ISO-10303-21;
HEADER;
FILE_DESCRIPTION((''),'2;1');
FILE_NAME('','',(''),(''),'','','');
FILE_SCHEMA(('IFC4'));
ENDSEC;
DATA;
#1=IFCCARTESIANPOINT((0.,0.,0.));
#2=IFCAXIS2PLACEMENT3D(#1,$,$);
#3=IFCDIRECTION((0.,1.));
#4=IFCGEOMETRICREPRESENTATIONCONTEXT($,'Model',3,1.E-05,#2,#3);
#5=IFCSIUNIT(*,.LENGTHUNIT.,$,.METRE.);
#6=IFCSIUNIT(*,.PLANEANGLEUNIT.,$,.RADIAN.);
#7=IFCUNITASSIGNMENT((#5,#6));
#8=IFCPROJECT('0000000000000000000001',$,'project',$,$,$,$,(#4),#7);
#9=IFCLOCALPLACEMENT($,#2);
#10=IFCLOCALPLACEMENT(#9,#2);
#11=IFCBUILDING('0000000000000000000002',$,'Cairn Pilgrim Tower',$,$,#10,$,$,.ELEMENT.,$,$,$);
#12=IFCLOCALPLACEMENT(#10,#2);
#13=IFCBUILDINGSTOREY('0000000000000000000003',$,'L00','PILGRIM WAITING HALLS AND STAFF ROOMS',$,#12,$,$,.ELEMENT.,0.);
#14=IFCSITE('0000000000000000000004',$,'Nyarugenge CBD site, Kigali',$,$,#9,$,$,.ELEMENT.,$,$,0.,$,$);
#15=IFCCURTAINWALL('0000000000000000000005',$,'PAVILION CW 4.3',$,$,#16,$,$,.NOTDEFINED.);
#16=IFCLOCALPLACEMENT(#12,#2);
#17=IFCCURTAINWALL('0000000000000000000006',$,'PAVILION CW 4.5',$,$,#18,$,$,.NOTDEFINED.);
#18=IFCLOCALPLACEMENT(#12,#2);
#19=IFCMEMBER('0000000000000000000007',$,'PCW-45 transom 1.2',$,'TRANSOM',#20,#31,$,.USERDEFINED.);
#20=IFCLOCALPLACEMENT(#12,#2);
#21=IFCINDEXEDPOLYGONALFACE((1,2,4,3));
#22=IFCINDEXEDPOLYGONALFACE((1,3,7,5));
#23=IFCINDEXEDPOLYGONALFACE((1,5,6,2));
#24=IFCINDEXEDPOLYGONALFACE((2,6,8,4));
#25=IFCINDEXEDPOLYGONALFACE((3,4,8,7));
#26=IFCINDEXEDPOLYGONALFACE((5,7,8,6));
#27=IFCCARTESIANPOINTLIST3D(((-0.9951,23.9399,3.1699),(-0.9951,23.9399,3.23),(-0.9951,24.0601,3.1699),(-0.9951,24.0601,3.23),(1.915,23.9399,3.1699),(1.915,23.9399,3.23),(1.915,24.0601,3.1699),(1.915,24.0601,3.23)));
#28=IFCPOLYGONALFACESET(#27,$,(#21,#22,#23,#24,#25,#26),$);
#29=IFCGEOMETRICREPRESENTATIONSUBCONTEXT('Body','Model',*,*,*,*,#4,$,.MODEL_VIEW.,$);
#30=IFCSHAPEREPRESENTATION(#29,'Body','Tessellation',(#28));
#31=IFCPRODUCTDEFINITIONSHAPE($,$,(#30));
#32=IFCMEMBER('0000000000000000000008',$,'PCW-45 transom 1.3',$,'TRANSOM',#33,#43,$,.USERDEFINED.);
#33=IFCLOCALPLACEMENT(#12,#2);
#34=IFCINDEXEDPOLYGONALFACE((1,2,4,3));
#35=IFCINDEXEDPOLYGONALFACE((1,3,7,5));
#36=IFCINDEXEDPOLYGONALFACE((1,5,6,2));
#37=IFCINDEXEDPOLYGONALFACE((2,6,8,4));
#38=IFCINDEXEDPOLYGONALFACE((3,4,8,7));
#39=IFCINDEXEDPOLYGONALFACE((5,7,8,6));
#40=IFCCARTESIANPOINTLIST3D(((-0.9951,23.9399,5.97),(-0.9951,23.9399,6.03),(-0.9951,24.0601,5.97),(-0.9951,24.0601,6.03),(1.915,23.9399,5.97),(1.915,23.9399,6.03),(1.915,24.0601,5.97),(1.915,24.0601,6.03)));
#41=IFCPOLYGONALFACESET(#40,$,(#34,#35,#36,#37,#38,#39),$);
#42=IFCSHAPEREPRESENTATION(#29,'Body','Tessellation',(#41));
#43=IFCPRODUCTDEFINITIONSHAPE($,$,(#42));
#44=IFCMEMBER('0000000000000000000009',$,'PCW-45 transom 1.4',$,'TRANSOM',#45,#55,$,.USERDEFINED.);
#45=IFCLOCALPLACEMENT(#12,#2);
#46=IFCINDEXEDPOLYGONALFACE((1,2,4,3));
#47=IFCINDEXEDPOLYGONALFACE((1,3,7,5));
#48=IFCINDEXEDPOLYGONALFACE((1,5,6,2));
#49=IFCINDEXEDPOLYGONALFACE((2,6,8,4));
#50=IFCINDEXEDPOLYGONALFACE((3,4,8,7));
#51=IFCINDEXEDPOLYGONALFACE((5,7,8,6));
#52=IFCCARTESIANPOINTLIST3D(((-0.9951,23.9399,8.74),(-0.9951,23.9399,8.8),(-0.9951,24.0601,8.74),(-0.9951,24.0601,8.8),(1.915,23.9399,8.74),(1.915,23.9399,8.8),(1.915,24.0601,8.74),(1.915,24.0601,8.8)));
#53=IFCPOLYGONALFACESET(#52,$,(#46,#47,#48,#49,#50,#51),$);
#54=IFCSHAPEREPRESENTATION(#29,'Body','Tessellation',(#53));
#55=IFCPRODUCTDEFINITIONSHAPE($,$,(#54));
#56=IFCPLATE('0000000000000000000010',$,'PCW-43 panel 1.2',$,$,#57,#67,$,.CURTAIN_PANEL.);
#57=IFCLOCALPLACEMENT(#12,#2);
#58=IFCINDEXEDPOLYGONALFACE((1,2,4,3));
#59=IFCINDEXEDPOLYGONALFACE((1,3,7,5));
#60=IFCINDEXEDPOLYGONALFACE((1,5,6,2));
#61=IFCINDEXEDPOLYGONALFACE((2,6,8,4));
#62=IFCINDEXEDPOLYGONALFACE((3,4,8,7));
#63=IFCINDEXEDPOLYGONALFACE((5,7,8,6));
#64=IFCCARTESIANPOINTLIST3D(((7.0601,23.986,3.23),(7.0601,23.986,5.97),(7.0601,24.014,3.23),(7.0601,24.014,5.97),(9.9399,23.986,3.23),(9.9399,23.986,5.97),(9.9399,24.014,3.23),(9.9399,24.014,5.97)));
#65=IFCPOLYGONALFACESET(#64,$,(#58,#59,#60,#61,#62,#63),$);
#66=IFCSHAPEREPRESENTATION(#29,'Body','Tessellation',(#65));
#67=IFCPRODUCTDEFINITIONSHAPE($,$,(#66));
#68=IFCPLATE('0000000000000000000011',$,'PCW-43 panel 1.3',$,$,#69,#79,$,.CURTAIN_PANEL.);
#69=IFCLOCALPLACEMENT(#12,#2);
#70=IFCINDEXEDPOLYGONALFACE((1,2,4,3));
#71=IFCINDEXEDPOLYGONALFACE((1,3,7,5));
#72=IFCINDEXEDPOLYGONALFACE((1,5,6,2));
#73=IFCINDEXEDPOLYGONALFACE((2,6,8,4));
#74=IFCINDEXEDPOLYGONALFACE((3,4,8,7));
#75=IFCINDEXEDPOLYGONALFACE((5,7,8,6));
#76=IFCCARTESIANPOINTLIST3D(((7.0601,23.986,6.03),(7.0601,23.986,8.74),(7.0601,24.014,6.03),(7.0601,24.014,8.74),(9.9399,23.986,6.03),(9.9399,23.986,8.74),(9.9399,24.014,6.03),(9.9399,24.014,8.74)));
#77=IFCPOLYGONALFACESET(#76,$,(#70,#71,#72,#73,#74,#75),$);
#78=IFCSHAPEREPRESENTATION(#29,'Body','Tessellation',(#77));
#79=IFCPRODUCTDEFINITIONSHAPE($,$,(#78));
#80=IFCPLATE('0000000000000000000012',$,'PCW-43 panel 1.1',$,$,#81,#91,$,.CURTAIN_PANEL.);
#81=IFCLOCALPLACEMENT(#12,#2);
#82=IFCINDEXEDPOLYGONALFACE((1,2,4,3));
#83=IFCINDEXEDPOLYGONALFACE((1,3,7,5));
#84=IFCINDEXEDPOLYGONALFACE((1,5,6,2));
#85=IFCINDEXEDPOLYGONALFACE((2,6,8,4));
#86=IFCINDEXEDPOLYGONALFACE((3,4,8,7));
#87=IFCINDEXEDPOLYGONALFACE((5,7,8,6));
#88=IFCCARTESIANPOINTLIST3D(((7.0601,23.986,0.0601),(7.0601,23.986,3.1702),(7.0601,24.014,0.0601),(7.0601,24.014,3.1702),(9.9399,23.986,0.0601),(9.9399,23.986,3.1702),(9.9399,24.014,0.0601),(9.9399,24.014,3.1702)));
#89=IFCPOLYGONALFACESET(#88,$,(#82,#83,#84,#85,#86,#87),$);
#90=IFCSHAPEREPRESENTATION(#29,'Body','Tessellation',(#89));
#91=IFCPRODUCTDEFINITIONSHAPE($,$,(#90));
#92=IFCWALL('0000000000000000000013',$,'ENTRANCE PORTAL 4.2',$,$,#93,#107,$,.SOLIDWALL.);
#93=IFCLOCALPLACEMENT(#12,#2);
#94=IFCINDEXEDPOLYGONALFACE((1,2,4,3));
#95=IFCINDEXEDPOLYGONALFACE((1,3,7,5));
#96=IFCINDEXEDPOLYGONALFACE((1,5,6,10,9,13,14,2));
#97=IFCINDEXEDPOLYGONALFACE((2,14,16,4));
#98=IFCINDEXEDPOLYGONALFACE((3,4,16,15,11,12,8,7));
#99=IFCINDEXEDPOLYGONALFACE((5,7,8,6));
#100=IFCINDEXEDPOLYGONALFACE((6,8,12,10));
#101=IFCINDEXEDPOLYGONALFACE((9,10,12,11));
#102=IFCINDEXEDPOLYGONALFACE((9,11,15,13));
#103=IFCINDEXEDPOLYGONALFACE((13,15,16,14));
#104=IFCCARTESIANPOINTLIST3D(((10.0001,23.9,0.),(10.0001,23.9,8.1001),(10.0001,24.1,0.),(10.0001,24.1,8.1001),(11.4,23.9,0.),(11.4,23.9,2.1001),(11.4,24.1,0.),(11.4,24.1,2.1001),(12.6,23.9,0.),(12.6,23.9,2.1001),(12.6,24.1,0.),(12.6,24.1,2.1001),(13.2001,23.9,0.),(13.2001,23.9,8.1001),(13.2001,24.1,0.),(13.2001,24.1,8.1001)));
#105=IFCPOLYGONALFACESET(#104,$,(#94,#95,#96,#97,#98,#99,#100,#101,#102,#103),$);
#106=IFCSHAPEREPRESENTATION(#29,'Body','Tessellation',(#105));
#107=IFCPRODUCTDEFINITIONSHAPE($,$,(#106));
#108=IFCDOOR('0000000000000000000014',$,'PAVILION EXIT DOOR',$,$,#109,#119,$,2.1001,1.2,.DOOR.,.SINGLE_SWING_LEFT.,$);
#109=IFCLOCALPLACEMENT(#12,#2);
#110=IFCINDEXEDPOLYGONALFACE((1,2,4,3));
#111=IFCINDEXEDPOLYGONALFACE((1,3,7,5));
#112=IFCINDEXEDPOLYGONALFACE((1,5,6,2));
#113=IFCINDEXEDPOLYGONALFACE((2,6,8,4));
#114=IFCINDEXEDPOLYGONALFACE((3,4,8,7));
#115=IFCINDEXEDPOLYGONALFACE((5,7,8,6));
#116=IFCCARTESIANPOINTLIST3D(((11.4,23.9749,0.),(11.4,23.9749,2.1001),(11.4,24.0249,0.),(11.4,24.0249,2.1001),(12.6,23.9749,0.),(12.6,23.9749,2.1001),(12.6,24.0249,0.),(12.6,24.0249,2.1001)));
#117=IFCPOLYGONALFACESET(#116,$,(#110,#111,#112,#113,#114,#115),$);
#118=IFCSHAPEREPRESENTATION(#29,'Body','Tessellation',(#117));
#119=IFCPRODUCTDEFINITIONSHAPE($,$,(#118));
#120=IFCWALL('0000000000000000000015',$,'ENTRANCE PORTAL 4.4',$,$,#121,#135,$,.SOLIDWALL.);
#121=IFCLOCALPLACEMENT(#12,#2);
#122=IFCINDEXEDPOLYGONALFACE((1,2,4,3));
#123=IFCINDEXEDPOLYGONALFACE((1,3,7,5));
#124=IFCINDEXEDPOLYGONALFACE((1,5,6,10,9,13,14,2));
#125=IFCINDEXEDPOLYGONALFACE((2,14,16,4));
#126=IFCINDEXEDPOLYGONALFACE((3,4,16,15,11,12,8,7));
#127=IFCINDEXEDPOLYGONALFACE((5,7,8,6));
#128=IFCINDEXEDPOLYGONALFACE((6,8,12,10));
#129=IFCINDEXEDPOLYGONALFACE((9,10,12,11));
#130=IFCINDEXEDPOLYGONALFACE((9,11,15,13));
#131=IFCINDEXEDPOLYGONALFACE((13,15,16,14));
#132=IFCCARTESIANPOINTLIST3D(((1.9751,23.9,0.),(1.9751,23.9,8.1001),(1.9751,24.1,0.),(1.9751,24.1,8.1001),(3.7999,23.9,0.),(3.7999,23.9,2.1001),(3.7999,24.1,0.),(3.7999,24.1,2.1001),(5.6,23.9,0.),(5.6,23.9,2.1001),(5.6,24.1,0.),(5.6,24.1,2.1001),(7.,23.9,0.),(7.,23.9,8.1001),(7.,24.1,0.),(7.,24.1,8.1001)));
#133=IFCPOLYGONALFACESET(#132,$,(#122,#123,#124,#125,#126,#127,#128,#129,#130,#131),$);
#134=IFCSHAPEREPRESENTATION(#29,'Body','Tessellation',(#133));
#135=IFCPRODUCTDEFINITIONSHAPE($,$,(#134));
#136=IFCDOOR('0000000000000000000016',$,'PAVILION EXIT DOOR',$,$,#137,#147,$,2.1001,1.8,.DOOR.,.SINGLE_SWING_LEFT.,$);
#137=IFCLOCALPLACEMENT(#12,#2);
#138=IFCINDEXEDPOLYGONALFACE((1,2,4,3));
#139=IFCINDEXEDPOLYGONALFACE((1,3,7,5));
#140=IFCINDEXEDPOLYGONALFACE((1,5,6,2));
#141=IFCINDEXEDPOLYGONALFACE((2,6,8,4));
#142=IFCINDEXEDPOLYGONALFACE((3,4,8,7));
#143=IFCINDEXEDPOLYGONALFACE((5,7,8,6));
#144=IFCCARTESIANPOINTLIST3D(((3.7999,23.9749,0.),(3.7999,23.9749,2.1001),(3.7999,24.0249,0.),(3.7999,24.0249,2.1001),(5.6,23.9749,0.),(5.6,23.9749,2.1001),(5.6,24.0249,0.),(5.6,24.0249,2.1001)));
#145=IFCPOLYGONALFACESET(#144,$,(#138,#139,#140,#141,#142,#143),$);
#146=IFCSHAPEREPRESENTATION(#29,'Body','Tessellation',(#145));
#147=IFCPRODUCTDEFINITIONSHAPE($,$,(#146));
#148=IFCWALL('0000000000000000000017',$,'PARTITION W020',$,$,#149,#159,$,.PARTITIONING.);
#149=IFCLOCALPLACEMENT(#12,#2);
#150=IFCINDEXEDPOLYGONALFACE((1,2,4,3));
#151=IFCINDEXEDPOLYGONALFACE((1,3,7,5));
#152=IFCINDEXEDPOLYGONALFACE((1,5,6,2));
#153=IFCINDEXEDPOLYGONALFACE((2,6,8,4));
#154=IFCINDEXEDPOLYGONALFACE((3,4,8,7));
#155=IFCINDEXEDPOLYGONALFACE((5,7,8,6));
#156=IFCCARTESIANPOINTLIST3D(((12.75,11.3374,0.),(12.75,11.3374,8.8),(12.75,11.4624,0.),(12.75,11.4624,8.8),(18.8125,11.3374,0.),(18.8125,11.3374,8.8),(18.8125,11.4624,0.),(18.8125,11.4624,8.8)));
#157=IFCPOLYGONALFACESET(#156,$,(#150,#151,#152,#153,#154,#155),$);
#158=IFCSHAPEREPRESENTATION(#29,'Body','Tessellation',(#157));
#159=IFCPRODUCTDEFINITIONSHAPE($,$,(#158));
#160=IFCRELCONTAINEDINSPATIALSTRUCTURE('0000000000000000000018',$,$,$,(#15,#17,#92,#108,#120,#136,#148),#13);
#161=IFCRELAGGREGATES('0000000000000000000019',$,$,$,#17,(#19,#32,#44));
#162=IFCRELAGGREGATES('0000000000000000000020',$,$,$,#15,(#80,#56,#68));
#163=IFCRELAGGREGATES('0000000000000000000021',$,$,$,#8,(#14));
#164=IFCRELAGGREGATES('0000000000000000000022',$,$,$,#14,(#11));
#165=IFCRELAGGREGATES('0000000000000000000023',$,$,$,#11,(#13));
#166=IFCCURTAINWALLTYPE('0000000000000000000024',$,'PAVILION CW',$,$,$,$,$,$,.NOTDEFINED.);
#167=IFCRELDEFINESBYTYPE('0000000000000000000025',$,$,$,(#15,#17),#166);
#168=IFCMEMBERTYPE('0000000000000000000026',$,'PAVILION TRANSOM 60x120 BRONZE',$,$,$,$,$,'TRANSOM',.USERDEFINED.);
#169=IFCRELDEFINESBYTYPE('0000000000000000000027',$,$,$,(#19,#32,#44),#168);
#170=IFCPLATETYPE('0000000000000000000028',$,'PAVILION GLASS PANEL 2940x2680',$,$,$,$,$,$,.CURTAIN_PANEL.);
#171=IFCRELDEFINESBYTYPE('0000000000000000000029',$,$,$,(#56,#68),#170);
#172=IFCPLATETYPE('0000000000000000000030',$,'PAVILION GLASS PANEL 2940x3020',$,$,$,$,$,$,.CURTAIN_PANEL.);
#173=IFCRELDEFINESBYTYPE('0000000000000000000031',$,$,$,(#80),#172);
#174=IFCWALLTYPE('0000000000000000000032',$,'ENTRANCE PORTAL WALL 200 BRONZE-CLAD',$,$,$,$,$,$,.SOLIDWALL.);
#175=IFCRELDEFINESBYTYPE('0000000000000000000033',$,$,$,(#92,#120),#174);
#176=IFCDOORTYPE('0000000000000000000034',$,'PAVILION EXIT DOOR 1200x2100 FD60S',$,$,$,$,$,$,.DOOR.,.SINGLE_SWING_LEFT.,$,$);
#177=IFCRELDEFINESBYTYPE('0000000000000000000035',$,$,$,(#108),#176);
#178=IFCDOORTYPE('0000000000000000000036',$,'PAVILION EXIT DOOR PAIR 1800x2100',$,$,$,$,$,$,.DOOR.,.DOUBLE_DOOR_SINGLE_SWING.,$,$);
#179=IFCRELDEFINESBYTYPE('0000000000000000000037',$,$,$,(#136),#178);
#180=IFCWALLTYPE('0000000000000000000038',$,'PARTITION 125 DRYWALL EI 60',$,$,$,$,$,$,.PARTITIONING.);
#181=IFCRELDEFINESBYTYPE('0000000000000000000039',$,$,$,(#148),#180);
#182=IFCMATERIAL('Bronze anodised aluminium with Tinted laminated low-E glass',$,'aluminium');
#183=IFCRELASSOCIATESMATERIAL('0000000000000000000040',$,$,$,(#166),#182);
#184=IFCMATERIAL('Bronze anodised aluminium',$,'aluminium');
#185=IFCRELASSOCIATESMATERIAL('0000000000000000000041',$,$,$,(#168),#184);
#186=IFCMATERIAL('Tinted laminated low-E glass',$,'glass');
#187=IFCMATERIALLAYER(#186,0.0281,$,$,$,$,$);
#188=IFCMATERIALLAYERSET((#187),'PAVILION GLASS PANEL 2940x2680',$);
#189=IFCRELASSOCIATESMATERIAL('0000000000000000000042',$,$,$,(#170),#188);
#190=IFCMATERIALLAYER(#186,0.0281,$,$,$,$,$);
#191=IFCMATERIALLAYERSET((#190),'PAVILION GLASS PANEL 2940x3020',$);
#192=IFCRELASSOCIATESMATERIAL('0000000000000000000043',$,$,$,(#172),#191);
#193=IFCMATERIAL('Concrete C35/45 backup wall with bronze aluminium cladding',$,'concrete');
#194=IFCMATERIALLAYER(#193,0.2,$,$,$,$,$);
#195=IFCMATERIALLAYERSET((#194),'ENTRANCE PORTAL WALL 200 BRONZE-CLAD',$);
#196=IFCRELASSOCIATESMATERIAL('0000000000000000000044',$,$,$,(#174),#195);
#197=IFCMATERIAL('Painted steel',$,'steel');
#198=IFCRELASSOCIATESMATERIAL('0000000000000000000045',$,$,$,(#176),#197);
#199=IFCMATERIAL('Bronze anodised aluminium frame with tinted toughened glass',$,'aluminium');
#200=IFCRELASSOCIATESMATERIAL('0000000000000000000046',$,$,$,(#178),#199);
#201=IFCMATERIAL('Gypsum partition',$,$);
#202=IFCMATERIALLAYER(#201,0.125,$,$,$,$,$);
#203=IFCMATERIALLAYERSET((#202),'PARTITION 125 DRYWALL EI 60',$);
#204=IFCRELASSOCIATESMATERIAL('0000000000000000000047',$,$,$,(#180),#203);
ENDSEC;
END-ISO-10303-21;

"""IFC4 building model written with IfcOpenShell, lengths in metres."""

from ifc_helpers import new_model, si_unit, direction, frame, frame_2d, origin, origin_2d, place, context, subcontext, project, spatial, rectangle, extrude, material, layer, layer_set, material_profile, profile_set, type_object, element, fill, aggregate, save


model = new_model("IFC4")

# Units and contexts
model_context = context("Model", 3, precision=1e-05, world=origin(), true_north=direction((0.0, 1.0)))
body_context = subcontext(model_context, "Body", "Model", "MODEL_VIEW")
ifc_project = project(units=[si_unit("LENGTHUNIT", "METRE"), si_unit("PLANEANGLEUNIT", "RADIAN")], contexts=[model_context])

# Site, building, storey
site_placement = place(None, origin())
site = spatial("IfcSite", under=ifc_project, at=site_placement, Name="Nyarugenge CBD site, Kigali", CompositionType="ELEMENT", RefElevation=0.0)
building_placement = place(site_placement, origin())
building = spatial("IfcBuilding", under=site, at=building_placement, Name="Cairn Pilgrim Tower", CompositionType="ELEMENT")
storey_placement = place(building_placement, origin())
storey = spatial("IfcBuildingStorey", under=building, at=storey_placement, Name="L00", Description="PILGRIM WAITING HALLS AND STAFF ROOMS", CompositionType="ELEMENT", Elevation=0.0)

# Curtain wall
ifc_material_1 = material(Name="Bronze anodised aluminium with Tinted laminated low-E glass", Category="aluminium")
curtain_wall_type = type_object("IfcCurtainWallType", Name="PAVILION CW", PredefinedType="NOTDEFINED", material=ifc_material_1)
curtain_wall_1_placement = place(storey_placement, origin())
curtain_wall_1 = element("IfcCurtainWall", 1, at=curtain_wall_1_placement, inside=storey, type_object=curtain_wall_type, Name="PAVILION CW 4.3", PredefinedType="NOTDEFINED")
ifc_material_2 = material(Name="Bronze anodised aluminium", Category="aluminium")

# Curtain wall
curtain_wall_2_placement = place(storey_placement, origin())
curtain_wall_2 = element("IfcCurtainWall", 2, at=curtain_wall_2_placement, inside=storey, type_object=curtain_wall_type, Name="PAVILION CW 4.5", PredefinedType="NOTDEFINED")

# Members
ifc_material_profile_1 = material_profile(ifc_material_2, rectangle(XDim=0.1201, YDim=0.0601, at=origin_2d()), Name="PAVILION TRANSOM 60x120 BRONZE")
ifc_profile_set_1 = profile_set([ifc_material_profile_1], Name="Bronze anodised aluminium")
member_type_1 = type_object("IfcMemberType", Name="PAVILION TRANSOM 60x120 BRONZE", ElementType="TRANSOM", PredefinedType="USERDEFINED", material=ifc_profile_set_1)
member_1_placement = place(storey_placement, frame((1.915, 24.0, 3.2), z_axis=(-1.0, 0.0, 0.0), x_axis=(0.0, -1.0, 0.0)))
member_1 = element("IfcMember", 3, at=member_1_placement, type_object=member_type_1, Name="PCW-45 transom 1.2", ObjectType="TRANSOM", PredefinedType="USERDEFINED", context=body_context, shape_type="SweptSolid", body=[
    extrude(rectangle(XDim=0.1201, YDim=0.0601, at=origin_2d()), origin(), (0.0, 0.0, 1.0), 2.9102),
])
member_2_placement = place(storey_placement, frame((1.915, 24.0, 6.0), z_axis=(-1.0, 0.0, 0.0), x_axis=(0.0, -1.0, 0.0)))
member_2 = element("IfcMember", 4, at=member_2_placement, type_object=member_type_1, Name="PCW-45 transom 1.3", ObjectType="TRANSOM", PredefinedType="USERDEFINED", context=body_context, shape_type="SweptSolid", body=[
    extrude(rectangle(XDim=0.1201, YDim=0.0601, at=origin_2d()), origin(), (0.0, 0.0, 1.0), 2.9102),
])
member_3_placement = place(storey_placement, frame((1.915, 24.0, 8.77), z_axis=(-1.0, 0.0, 0.0), x_axis=(0.0, -1.0, 0.0)))
member_3 = element("IfcMember", 5, at=member_3_placement, type_object=member_type_1, Name="PCW-45 transom 1.4", ObjectType="TRANSOM", PredefinedType="USERDEFINED", context=body_context, shape_type="SweptSolid", body=[
    extrude(rectangle(XDim=0.1201, YDim=0.0601, at=origin_2d()), origin(), (0.0, 0.0, 1.0), 2.9102),
])
aggregate(curtain_wall_2, [member_1, member_2, member_3])

# Plates
ifc_material_3 = material(Name="Tinted laminated low-E glass", Category="glass")
ifc_layer_1 = layer(ifc_material_3, 0.0281)
ifc_layer_set_1 = layer_set([ifc_layer_1], Name="PAVILION GLASS PANEL 2940x2680")
plate_type_1 = type_object("IfcPlateType", Name="PAVILION GLASS PANEL 2940x2680", PredefinedType="CURTAIN_PANEL", material=ifc_layer_set_1)
plate_1_placement = place(storey_placement, frame((8.5, 24.0, 3.23), z_axis=(0.0, 0.0, 1.0), x_axis=(-1.0, 0.0, 0.0)))
plate_1 = element("IfcPlate", 6, at=plate_1_placement, type_object=plate_type_1, Name="PCW-43 panel 1.2", PredefinedType="CURTAIN_PANEL", context=body_context, shape_type="SweptSolid", body=[
    extrude(rectangle(XDim=2.8799, YDim=0.0281, at=origin_2d()), origin(), (0.0, 0.0, 1.0), 2.74),
])
plate_2_placement = place(storey_placement, frame((8.5, 24.0, 6.03), z_axis=(0.0, 0.0, 1.0), x_axis=(-1.0, 0.0, 0.0)))
plate_2 = element("IfcPlate", 7, at=plate_2_placement, type_object=plate_type_1, Name="PCW-43 panel 1.3", PredefinedType="CURTAIN_PANEL", context=body_context, shape_type="SweptSolid", body=[
    extrude(rectangle(XDim=2.8799, YDim=0.0281, at=origin_2d()), origin(), (0.0, 0.0, 1.0), 2.71),
])
ifc_layer_2 = layer(ifc_material_3, 0.0281)
ifc_layer_set_2 = layer_set([ifc_layer_2], Name="PAVILION GLASS PANEL 2940x3020")
plate_type_2 = type_object("IfcPlateType", Name="PAVILION GLASS PANEL 2940x3020", PredefinedType="CURTAIN_PANEL", material=ifc_layer_set_2)
plate_3_placement = place(storey_placement, frame((8.5, 24.0, 0.0601), z_axis=(0.0, 0.0, 1.0), x_axis=(-1.0, 0.0, 0.0)))
plate_3 = element("IfcPlate", 8, at=plate_3_placement, type_object=plate_type_2, Name="PCW-43 panel 1.1", PredefinedType="CURTAIN_PANEL", context=body_context, shape_type="SweptSolid", body=[
    extrude(rectangle(XDim=2.8799, YDim=0.0281, at=origin_2d()), origin(), (0.0, 0.0, 1.0), 3.1101),
])
aggregate(curtain_wall_1, [plate_3, plate_1, plate_2])

# Walls, openings, doors
ifc_material_4 = material(Name="Concrete C35/45 backup wall with bronze aluminium cladding", Category="concrete")
ifc_layer_3 = layer(ifc_material_4, 0.2)
ifc_layer_set_3 = layer_set([ifc_layer_3], Name="ENTRANCE PORTAL WALL 200 BRONZE-CLAD")
wall_type_1 = type_object("IfcWallType", Name="ENTRANCE PORTAL WALL 200 BRONZE-CLAD", PredefinedType="SOLIDWALL", material=ifc_layer_set_3)
wall_1_placement = place(storey_placement, frame((10.0, 24.0, 0.0), z_axis=(0.0, 0.0, 1.0), x_axis=(1.0, 0.0, 0.0)))
wall_1 = element("IfcWall", 9, at=wall_1_placement, inside=storey, type_object=wall_type_1, Name="ENTRANCE PORTAL 4.2", PredefinedType="SOLIDWALL", context=body_context, shape_type="SweptSolid", body=[
    extrude(rectangle(XDim=3.2, YDim=0.2, at=frame_2d((1.6001, 0.0))), origin(), (0.0, 0.0, 1.0), 8.1001),
])
opening_1_placement = place(wall_1_placement, frame((1.3999, 0.0, 0.0)))
opening_1 = element("IfcOpeningElement", 10, at=opening_1_placement, cuts=wall_1, PredefinedType="OPENING", context=body_context, shape_type="SweptSolid", body=[
    extrude(rectangle(XDim=1.2, YDim=2.1001, at=frame_2d((0.6001, 1.05))), frame((0.0, 0.1099, 0.0), z_axis=(0.0, -1.0, 0.0), x_axis=(1.0, 0.0, 0.0)), (0.0, 0.0, 1.0), 0.22),
])
ifc_material_5 = material(Name="Painted steel", Category="steel")
door_type_1 = type_object("IfcDoorType", Name="PAVILION EXIT DOOR 1200x2100 FD60S", OperationType="SINGLE_SWING_LEFT", PredefinedType="DOOR", material=ifc_material_5)
door_1_placement = place(opening_1_placement, origin())
door_1 = element("IfcDoor", 11, at=door_1_placement, inside=storey, type_object=door_type_1, Name="PAVILION EXIT DOOR", OperationType="SINGLE_SWING_LEFT", OverallHeight=2.1001, OverallWidth=1.2, PredefinedType="DOOR", context=body_context, shape_type="SweptSolid", body=[
    extrude(rectangle(XDim=1.2, YDim=2.1001, at=frame_2d((0.6001, 1.05))), frame((0.0, 0.0249, 0.0), z_axis=(0.0, -1.0, 0.0), x_axis=(1.0, 0.0, 0.0)), (0.0, 0.0, 1.0), 0.05),
])
fill(opening_1, door_1)
wall_2_placement = place(storey_placement, frame((1.9751, 24.0, 0.0), z_axis=(0.0, 0.0, 1.0), x_axis=(1.0, 0.0, 0.0)))
wall_2 = element("IfcWall", 12, at=wall_2_placement, inside=storey, type_object=wall_type_1, Name="ENTRANCE PORTAL 4.4", PredefinedType="SOLIDWALL", context=body_context, shape_type="SweptSolid", body=[
    extrude(rectangle(XDim=5.0249, YDim=0.2, at=frame_2d((2.5125, 0.0))), origin(), (0.0, 0.0, 1.0), 8.1001),
])
opening_2_placement = place(wall_2_placement, frame((1.825, 0.0, 0.0)))
opening_2 = element("IfcOpeningElement", 13, at=opening_2_placement, cuts=wall_2, PredefinedType="OPENING", context=body_context, shape_type="SweptSolid", body=[
    extrude(rectangle(XDim=1.8, YDim=2.1001, at=frame_2d((0.8999, 1.05))), frame((0.0, 0.1099, 0.0), z_axis=(0.0, -1.0, 0.0), x_axis=(1.0, 0.0, 0.0)), (0.0, 0.0, 1.0), 0.22),
])
ifc_material_6 = material(Name="Bronze anodised aluminium frame with tinted toughened glass", Category="aluminium")
door_type_2 = type_object("IfcDoorType", Name="PAVILION EXIT DOOR PAIR 1800x2100", OperationType="DOUBLE_DOOR_SINGLE_SWING", PredefinedType="DOOR", material=ifc_material_6)
door_2_placement = place(opening_2_placement, origin())
door_2 = element("IfcDoor", 14, at=door_2_placement, inside=storey, type_object=door_type_2, Name="PAVILION EXIT DOOR", OperationType="SINGLE_SWING_LEFT", OverallHeight=2.1001, OverallWidth=1.8, PredefinedType="DOOR", context=body_context, shape_type="SweptSolid", body=[
    extrude(rectangle(XDim=1.8, YDim=2.1001, at=frame_2d((0.8999, 1.05))), frame((0.0, 0.0249, 0.0), z_axis=(0.0, -1.0, 0.0), x_axis=(1.0, 0.0, 0.0)), (0.0, 0.0, 1.0), 0.05),
])
fill(opening_2, door_2)

# Wall
ifc_material_7 = material(Name="Gypsum partition")
ifc_layer_4 = layer(ifc_material_7, 0.125)
ifc_layer_set_4 = layer_set([ifc_layer_4], Name="PARTITION 125 DRYWALL EI 60")
wall_type_2 = type_object("IfcWallType", Name="PARTITION 125 DRYWALL EI 60", PredefinedType="PARTITIONING", material=ifc_layer_set_4)
wall_3_placement = place(storey_placement, frame((12.75, 11.3999, 0.0), z_axis=(0.0, 0.0, 1.0), x_axis=(1.0, 0.0, 0.0)))
element("IfcWall", 15, at=wall_3_placement, inside=storey, type_object=wall_type_2, Name="PARTITION W020", PredefinedType="PARTITIONING", context=body_context, shape_type="SweptSolid", body=[
    extrude(rectangle(XDim=6.0625, YDim=0.125, at=frame_2d((3.0312, 0.0))), origin(), (0.0, 0.0, 1.0), 8.8),
])

save(model, "model.ifc")
